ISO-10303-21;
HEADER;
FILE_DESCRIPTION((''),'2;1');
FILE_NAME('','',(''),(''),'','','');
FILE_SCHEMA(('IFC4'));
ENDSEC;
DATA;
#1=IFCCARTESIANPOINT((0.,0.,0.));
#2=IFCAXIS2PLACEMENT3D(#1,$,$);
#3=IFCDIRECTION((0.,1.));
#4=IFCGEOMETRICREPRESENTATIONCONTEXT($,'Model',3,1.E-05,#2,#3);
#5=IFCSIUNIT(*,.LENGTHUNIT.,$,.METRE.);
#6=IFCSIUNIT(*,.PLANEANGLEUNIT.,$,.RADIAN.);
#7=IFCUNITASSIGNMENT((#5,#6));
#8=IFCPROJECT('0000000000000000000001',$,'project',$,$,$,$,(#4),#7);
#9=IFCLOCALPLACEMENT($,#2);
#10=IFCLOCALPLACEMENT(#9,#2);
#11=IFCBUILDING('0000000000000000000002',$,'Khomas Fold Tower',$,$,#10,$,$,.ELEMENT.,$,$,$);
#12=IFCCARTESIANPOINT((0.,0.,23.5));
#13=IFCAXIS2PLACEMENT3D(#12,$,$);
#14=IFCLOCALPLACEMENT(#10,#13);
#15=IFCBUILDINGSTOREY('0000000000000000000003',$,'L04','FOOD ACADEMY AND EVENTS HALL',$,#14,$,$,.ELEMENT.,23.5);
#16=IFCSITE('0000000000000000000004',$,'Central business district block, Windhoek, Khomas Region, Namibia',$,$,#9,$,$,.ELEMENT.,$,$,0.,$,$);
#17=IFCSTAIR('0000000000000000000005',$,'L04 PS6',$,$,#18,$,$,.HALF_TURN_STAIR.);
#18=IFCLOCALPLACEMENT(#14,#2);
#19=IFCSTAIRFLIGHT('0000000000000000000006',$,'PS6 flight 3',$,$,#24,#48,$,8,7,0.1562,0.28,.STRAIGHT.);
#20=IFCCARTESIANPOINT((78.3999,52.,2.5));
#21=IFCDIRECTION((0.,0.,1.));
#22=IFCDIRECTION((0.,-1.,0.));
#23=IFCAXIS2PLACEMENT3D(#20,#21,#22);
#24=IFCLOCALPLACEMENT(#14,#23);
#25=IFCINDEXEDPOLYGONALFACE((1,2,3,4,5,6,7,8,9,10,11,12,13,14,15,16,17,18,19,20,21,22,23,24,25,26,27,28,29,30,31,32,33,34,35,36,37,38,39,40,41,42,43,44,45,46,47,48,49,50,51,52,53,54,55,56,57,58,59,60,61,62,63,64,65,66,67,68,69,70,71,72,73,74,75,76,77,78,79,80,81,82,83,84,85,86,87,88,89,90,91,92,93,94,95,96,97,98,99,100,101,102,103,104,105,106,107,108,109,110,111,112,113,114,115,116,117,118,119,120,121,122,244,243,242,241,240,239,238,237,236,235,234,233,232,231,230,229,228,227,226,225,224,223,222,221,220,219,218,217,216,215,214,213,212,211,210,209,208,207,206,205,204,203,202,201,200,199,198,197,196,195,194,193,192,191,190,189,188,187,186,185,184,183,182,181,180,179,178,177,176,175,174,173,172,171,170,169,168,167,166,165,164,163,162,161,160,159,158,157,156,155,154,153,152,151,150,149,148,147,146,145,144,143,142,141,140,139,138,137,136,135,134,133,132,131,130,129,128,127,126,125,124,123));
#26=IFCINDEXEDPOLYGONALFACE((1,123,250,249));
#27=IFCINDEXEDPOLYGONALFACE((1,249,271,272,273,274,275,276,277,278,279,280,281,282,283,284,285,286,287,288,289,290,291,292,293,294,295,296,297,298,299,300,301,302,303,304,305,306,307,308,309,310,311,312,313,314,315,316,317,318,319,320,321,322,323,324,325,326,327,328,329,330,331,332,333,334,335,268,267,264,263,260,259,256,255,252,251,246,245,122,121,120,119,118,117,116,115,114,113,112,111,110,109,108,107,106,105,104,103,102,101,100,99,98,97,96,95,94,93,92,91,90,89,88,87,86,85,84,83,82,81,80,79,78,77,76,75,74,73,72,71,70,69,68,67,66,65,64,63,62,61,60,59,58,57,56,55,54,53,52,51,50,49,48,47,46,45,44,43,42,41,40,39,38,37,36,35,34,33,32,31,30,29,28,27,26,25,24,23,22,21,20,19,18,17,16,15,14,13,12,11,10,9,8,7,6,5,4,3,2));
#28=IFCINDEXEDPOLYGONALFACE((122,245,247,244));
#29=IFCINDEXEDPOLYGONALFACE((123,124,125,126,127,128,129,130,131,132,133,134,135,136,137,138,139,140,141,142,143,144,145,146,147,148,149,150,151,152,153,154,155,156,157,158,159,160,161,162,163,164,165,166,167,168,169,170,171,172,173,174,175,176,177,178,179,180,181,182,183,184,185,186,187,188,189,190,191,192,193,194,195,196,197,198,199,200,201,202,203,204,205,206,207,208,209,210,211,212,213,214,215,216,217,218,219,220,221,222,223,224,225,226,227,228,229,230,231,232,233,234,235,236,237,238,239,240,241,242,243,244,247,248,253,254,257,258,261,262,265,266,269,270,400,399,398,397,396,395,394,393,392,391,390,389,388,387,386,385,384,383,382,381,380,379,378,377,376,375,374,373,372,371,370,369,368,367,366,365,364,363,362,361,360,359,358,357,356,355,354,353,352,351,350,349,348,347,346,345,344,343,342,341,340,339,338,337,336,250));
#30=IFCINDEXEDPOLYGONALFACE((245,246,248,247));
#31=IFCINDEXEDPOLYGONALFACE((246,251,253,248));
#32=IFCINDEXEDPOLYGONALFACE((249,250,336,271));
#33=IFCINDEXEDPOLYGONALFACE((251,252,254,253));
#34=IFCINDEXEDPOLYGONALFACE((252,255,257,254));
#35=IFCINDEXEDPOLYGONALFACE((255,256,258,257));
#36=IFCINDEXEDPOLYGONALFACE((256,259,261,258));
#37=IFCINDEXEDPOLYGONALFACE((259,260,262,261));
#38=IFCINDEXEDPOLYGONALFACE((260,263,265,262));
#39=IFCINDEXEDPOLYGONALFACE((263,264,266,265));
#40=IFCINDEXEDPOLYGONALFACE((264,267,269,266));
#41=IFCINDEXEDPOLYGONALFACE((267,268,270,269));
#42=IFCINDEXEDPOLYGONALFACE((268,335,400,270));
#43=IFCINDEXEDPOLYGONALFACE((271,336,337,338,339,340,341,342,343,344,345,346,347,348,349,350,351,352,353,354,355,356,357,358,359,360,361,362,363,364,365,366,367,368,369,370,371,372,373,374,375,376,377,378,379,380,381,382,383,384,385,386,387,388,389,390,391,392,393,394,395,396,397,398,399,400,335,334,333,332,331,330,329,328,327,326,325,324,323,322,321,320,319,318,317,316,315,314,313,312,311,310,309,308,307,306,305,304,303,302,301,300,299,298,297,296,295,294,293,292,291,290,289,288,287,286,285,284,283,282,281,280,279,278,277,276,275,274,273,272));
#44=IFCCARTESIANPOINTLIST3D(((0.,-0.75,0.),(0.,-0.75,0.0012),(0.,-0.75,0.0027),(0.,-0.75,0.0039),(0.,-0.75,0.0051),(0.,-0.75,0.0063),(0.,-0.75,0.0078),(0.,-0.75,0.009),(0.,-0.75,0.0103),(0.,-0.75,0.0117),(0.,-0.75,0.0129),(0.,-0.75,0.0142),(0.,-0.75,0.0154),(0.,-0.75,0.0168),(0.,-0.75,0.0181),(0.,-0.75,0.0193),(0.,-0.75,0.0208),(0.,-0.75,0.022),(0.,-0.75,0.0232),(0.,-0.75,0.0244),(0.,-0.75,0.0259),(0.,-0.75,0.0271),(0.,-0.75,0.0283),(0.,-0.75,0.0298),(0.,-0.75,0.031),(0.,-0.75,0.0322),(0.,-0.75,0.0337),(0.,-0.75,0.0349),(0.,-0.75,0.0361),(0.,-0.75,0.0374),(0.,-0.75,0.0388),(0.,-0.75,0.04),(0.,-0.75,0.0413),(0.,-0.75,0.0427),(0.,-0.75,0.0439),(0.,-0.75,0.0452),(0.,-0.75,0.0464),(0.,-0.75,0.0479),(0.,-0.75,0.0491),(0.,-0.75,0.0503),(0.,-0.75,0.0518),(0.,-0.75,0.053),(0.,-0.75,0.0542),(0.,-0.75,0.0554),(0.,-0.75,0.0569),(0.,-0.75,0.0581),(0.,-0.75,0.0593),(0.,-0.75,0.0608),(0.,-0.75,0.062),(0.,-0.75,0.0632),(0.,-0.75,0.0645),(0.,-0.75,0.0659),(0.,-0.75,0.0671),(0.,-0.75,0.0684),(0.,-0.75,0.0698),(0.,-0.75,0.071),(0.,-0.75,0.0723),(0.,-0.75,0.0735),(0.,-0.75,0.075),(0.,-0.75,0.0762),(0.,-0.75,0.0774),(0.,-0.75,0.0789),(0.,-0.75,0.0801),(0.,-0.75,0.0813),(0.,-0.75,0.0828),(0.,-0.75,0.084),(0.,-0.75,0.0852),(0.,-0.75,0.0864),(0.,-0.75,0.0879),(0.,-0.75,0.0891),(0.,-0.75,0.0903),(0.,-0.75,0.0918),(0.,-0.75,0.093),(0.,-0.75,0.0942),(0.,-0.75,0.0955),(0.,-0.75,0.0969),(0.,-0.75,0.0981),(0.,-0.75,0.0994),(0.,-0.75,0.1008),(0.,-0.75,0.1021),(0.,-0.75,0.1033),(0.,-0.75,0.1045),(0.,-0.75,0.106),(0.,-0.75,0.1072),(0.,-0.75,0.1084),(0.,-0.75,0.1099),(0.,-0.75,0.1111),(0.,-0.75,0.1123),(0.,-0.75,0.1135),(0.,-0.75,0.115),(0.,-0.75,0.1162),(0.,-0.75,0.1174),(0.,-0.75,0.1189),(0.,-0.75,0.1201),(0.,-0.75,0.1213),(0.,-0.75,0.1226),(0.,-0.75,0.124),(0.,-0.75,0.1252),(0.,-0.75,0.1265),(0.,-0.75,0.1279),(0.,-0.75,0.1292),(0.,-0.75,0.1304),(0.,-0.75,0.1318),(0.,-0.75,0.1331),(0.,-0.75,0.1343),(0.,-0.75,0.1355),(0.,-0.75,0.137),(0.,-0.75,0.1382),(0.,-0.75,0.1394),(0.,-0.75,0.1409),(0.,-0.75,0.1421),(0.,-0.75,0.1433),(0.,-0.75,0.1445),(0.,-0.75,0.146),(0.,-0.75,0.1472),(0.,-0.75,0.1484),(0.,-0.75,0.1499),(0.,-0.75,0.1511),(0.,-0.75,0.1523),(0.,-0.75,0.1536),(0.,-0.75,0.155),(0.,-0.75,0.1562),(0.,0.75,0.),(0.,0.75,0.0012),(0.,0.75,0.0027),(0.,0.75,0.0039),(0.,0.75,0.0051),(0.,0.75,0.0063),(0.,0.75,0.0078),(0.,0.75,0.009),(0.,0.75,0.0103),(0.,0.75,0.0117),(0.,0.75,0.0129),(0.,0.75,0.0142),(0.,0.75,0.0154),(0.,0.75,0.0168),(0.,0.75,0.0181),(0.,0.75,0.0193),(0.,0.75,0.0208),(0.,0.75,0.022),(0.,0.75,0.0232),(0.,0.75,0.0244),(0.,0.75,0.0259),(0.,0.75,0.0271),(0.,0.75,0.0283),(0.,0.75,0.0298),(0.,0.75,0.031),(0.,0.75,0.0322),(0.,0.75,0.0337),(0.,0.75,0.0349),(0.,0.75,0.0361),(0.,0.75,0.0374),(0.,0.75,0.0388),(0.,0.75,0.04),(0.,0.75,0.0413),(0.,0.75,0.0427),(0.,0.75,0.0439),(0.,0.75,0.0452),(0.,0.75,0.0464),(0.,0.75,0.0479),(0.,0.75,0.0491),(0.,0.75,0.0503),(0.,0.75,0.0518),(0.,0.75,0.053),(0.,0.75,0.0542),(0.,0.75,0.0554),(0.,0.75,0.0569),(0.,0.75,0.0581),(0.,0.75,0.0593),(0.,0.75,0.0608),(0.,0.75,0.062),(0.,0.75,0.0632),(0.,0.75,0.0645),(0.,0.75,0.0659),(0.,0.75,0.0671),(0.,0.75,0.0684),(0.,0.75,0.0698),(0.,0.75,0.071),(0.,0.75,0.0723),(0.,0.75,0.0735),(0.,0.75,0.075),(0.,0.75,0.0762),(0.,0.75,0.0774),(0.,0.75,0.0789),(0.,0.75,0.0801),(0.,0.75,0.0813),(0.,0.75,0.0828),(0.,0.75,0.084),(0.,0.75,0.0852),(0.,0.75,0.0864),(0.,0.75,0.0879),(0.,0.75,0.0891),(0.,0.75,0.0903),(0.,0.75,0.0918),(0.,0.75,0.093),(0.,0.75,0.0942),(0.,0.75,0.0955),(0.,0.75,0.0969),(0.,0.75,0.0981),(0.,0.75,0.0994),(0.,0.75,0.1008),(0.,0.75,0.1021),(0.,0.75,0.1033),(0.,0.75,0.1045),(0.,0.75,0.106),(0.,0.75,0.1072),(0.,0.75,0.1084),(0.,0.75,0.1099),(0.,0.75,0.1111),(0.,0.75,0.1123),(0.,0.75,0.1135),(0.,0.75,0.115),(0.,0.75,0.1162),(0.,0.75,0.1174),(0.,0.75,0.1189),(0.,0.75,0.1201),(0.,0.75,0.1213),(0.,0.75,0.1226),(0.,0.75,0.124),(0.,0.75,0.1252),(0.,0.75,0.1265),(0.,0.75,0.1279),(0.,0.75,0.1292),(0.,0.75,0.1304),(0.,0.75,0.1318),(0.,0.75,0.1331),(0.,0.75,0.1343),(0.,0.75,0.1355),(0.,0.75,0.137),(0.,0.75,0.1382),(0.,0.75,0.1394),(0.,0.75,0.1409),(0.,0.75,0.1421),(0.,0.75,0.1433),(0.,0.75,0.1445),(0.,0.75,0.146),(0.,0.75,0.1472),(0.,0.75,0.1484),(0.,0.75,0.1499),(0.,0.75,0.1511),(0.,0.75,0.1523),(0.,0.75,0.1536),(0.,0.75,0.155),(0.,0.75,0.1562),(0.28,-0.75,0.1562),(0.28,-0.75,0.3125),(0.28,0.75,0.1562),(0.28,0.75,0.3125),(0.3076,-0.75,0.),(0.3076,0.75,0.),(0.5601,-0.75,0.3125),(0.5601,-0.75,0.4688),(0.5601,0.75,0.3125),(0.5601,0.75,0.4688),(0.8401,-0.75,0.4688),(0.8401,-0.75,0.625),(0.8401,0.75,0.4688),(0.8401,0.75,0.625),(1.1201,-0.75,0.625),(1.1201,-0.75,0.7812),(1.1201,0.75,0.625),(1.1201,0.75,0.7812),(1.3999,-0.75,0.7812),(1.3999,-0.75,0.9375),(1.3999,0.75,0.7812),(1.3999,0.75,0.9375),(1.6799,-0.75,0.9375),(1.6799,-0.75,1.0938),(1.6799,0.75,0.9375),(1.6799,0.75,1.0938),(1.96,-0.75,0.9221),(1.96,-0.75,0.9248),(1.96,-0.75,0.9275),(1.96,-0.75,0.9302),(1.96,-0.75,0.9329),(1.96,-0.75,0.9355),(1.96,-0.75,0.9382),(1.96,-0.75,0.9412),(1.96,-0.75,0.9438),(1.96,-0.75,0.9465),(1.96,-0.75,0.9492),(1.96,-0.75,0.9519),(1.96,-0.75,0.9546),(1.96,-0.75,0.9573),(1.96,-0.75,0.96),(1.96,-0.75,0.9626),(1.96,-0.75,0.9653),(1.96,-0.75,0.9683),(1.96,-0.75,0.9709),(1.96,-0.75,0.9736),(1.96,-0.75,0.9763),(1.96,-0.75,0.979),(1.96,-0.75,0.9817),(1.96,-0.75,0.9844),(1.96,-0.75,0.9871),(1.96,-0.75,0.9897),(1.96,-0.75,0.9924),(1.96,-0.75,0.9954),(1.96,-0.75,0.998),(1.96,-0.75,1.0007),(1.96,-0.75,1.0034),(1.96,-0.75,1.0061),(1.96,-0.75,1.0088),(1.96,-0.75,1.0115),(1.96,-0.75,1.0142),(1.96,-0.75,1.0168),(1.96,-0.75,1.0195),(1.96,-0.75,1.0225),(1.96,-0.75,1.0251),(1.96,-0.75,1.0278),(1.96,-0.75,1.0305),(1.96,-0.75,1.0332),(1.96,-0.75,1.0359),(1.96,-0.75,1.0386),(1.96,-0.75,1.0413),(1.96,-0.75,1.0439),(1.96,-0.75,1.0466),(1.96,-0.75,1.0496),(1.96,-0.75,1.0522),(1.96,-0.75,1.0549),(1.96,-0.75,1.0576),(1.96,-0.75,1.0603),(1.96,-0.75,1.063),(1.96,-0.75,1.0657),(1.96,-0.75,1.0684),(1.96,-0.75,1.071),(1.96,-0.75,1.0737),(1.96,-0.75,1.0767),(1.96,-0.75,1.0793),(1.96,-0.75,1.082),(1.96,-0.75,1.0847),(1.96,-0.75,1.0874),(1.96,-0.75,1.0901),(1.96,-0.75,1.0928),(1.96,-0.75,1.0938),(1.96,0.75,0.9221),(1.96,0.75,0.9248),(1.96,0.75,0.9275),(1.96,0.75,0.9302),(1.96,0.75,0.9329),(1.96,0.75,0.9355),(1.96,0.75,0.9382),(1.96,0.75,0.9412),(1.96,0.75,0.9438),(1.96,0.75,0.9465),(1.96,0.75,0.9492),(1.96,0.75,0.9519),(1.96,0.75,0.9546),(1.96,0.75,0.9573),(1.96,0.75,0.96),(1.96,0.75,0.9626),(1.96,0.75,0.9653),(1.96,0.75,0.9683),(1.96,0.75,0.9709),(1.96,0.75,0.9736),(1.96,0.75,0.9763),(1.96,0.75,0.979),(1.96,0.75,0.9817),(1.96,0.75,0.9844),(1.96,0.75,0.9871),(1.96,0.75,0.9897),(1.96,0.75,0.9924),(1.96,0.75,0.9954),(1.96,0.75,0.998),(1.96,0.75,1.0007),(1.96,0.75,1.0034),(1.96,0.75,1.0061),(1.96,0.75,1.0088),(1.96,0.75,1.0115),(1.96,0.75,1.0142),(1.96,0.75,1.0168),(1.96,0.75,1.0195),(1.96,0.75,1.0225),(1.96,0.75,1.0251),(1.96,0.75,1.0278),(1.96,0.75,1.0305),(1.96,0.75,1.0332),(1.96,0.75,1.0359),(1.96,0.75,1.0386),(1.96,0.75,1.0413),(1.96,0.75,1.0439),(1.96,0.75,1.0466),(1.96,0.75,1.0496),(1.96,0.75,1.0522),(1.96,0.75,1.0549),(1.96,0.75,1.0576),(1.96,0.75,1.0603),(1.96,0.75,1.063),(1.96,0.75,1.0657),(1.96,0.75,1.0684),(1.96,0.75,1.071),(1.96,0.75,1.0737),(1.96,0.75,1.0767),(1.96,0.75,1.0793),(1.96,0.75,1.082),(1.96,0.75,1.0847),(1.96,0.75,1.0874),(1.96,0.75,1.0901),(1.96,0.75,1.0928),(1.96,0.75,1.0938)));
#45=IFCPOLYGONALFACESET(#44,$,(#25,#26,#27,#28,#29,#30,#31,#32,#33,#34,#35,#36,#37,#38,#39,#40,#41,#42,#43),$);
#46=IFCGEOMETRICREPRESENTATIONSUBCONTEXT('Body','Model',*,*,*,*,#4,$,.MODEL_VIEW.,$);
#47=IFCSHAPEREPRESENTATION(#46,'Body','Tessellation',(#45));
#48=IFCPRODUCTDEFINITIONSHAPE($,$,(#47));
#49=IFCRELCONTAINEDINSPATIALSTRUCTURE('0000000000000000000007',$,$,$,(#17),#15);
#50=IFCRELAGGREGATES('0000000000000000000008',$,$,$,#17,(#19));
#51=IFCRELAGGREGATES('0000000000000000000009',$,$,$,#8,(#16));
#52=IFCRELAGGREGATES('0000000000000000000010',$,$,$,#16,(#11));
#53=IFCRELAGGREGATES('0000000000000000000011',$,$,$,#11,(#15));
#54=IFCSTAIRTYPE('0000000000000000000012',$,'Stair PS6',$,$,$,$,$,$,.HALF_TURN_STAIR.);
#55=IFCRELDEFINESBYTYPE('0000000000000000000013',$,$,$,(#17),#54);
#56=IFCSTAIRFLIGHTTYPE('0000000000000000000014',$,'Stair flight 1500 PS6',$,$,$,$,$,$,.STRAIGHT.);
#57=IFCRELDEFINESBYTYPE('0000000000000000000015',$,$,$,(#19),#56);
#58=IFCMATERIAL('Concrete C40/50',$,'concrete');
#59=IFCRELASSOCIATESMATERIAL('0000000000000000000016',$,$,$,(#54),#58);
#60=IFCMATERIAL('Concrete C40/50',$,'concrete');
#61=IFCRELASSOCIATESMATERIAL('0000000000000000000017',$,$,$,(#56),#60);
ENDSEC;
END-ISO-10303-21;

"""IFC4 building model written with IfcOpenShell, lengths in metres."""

from ifc_helpers import new_model, si_unit, direction, frame, origin, place, context, subcontext, project, spatial, polyline, outline, extrude, source, transform, mapped, material, type_object, element, aggregate, save


model = new_model("IFC4")

# Units and contexts
model_context = context("Model", 3, precision=1e-05, world=origin(), true_north=direction((0.0, 1.0)))
body_context = subcontext(model_context, "Body", "Model", "MODEL_VIEW")
ifc_project = project(units=[si_unit("LENGTHUNIT", "METRE"), si_unit("PLANEANGLEUNIT", "RADIAN")], contexts=[model_context])

# Site, building, storey
site_placement = place(None, origin())
site = spatial("IfcSite", under=ifc_project, at=site_placement, Name="Central business district block, Windhoek, Khomas Region, Namibia", CompositionType="ELEMENT", RefElevation=0.0)
building_placement = place(site_placement, origin())
building = spatial("IfcBuilding", under=site, at=building_placement, Name="Khomas Fold Tower", CompositionType="ELEMENT")
storey_placement = place(building_placement, frame((0.0, 0.0, 23.5)))
storey = spatial("IfcBuildingStorey", under=building, at=storey_placement, Name="L04", Description="FOOD ACADEMY AND EVENTS HALL", CompositionType="ELEMENT", Elevation=23.5)

# Stair, stair flight
shared_shape_1 = source(origin(), body_context, "Body", "SweptSolid", [
    extrude(outline(polyline([(0.0, 0.0), (0.0, 0.0012), (0.0, 0.0027), (0.0, 0.0039), (0.0, 0.0051), (0.0, 0.0063), (0.0, 0.0078), (0.0, 0.009), (0.0, 0.0103), (0.0, 0.0117), (0.0, 0.0129), (0.0, 0.0142), (0.0, 0.0154), (0.0, 0.0168), (0.0, 0.0181), (0.0, 0.0193), (0.0, 0.0208), (0.0, 0.022), (0.0, 0.0232), (0.0, 0.0244), (0.0, 0.0259), (0.0, 0.0271), (0.0, 0.0283), (0.0, 0.0298), (0.0, 0.031), (0.0, 0.0322), (0.0, 0.0337), (0.0, 0.0349), (0.0, 0.0361), (0.0, 0.0374), (0.0, 0.0388), (0.0, 0.04), (0.0, 0.0413), (0.0, 0.0427), (0.0, 0.0439), (0.0, 0.0452), (0.0, 0.0464), (0.0, 0.0479), (0.0, 0.0491), (0.0, 0.0503), (0.0, 0.0518), (0.0, 0.053), (0.0, 0.0542), (0.0, 0.0554), (0.0, 0.0569), (0.0, 0.0581), (0.0, 0.0593), (0.0, 0.0608), (0.0, 0.062), (0.0, 0.0632), (0.0, 0.0645), (0.0, 0.0659), (0.0, 0.0671), (0.0, 0.0684), (0.0, 0.0698), (0.0, 0.071), (0.0, 0.0723), (0.0, 0.0735), (0.0, 0.075), (0.0, 0.0762), (0.0, 0.0774), (0.0, 0.0789), (0.0, 0.0801), (0.0, 0.0813), (0.0, 0.0828), (0.0, 0.084), (0.0, 0.0852), (0.0, 0.0864), (0.0, 0.0879), (0.0, 0.0891), (0.0, 0.0903), (0.0, 0.0918), (0.0, 0.093), (0.0, 0.0942), (0.0, 0.0955), (0.0, 0.0969), (0.0, 0.0981), (0.0, 0.0994), (0.0, 0.1008), (0.0, 0.1021), (0.0, 0.1033), (0.0, 0.1045), (0.0, 0.106), (0.0, 0.1072), (0.0, 0.1084), (0.0, 0.1099), (0.0, 0.1111), (0.0, 0.1123), (0.0, 0.1135), (0.0, 0.115), (0.0, 0.1162), (0.0, 0.1174), (0.0, 0.1189), (0.0, 0.1201), (0.0, 0.1213), (0.0, 0.1226), (0.0, 0.124), (0.0, 0.1252), (0.0, 0.1265), (0.0, 0.1279), (0.0, 0.1292), (0.0, 0.1304), (0.0, 0.1318), (0.0, 0.1331), (0.0, 0.1343), (0.0, 0.1355), (0.0, 0.137), (0.0, 0.1382), (0.0, 0.1394), (0.0, 0.1409), (0.0, 0.1421), (0.0, 0.1433), (0.0, 0.1445), (0.0, 0.146), (0.0, 0.1472), (0.0, 0.1484), (0.0, 0.1499), (0.0, 0.1511), (0.0, 0.1523), (0.0, 0.1536), (0.0, 0.155), (0.0, 0.1562), (0.28, 0.1562), (0.28, 0.3125), (0.5601, 0.3125), (0.5601, 0.4688), (0.8401, 0.4688), (0.8401, 0.625), (1.1201, 0.625), (1.1201, 0.7812), (1.3999, 0.7812), (1.3999, 0.9375), (1.6799, 0.9375), (1.6799, 1.0938), (1.96, 1.0938), (1.96, 1.25), (1.96, 1.2473), (1.96, 1.2446), (1.96, 1.2419), (1.96, 1.2393), (1.96, 1.2363), (1.96, 1.2336), (1.96, 1.231), (1.96, 1.2283), (1.96, 1.2256), (1.96, 1.2229), (1.96, 1.2202), (1.96, 1.2175), (1.96, 1.2148), (1.96, 1.2122), (1.96, 1.2092), (1.96, 1.2065), (1.96, 1.2039), (1.96, 1.2012), (1.96, 1.1985), (1.96, 1.1958), (1.96, 1.1931), (1.96, 1.1904), (1.96, 1.1877), (1.96, 1.1851), (1.96, 1.1821), (1.96, 1.1794), (1.96, 1.1768), (1.96, 1.1741), (1.96, 1.1714), (1.96, 1.1687), (1.96, 1.166), (1.96, 1.1633), (1.96, 1.1606), (1.96, 1.158), (1.96, 1.155), (1.96, 1.1523), (1.96, 1.1497), (1.96, 1.147), (1.96, 1.1443), (1.96, 1.1416), (1.96, 1.1389), (1.96, 1.1362), (1.96, 1.1335), (1.96, 1.1309), (1.96, 1.1279), (1.96, 1.1252), (1.96, 1.1226), (1.96, 1.1199), (1.96, 1.1172), (1.96, 1.1145), (1.96, 1.1118), (1.96, 1.1091), (1.96, 1.1064), (1.96, 1.1038), (1.96, 1.1008), (1.96, 1.0981), (1.96, 1.0955), (1.96, 1.0928), (1.96, 1.0901), (1.96, 1.0874), (1.96, 1.0847), (1.96, 1.082), (1.96, 1.0793), (1.96, 1.0767), (1.96, 1.0737), (1.96, 1.071), (1.96, 1.0684), (1.96, 1.0657), (1.96, 1.063), (1.96, 1.0603), (1.96, 1.0576), (1.96, 1.0549), (1.96, 1.0522), (1.96, 1.0496), (1.96, 1.0466), (1.96, 1.0439), (1.96, 1.0413), (1.96, 1.0386), (1.96, 1.0359), (1.96, 1.0332), (1.96, 1.0305), (1.96, 1.0278), (1.96, 1.0251), (1.96, 1.0225), (1.96, 1.0195), (1.96, 1.0168), (1.96, 1.0142), (1.96, 1.0115), (1.96, 1.0088), (1.96, 1.0061), (1.96, 1.0034), (1.96, 1.0007), (1.96, 0.998), (1.96, 0.9954), (1.96, 0.9924), (1.96, 0.9897), (1.96, 0.9871), (1.96, 0.9844), (1.96, 0.9817), (1.96, 0.979), (1.96, 0.9763), (1.96, 0.9736), (1.96, 0.9709), (1.96, 0.9683), (1.96, 0.9653), (1.96, 0.9626), (1.96, 0.96), (1.96, 0.9573), (1.96, 0.9546), (1.96, 0.9519), (1.96, 0.9492), (1.96, 0.9465), (1.96, 0.9438), (1.96, 0.9412), (1.96, 0.9382), (1.96, 0.9355), (1.96, 0.9329), (1.96, 0.9302), (1.96, 0.9275), (1.96, 0.9248), (1.96, 0.9221), (0.3076, 0.0), (0.0, 0.0)])), frame((0.0, 0.75, 0.0), z_axis=(0.0, -1.0, 0.0), x_axis=(1.0, 0.0, 0.0)), (0.0, 0.0, 1.0), 1.5),
])
ifc_material_1 = material(Name="Concrete C40/50", Category="concrete")
stair_type_1 = type_object("IfcStairType", Name="Stair PS6", PredefinedType="HALF_TURN_STAIR", material=ifc_material_1)
stair_1_placement = place(storey_placement, origin())
stair_1 = element("IfcStair", 1, at=stair_1_placement, inside=storey, type_object=stair_type_1, Name="L04 PS6", PredefinedType="HALF_TURN_STAIR")
ifc_material_2 = material(Name="Concrete C40/50", Category="concrete")
stair_flight_type_1 = type_object("IfcStairFlightType", Name="Stair flight 1500 PS6", PredefinedType="STRAIGHT", material=ifc_material_2)
stair_flight_1_placement = place(storey_placement, frame((78.3999, 52.0, 2.5), z_axis=(0.0, 0.0, 1.0), x_axis=(0.0, -1.0, 0.0)))
stair_flight_1 = element("IfcStairFlight", 2, at=stair_flight_1_placement, type_object=stair_flight_type_1, Name="PS6 flight 3", NumberOfRisers=8, NumberOfTreads=7, PredefinedType="STRAIGHT", RiserHeight=0.1562, TreadLength=0.28, context=body_context, shape_type="MappedRepresentation", body=[
    mapped(shared_shape_1, transform((0.0, 0.0, 0.0))),
])
aggregate(stair_1, [stair_flight_1])

save(model, "model.ifc")
